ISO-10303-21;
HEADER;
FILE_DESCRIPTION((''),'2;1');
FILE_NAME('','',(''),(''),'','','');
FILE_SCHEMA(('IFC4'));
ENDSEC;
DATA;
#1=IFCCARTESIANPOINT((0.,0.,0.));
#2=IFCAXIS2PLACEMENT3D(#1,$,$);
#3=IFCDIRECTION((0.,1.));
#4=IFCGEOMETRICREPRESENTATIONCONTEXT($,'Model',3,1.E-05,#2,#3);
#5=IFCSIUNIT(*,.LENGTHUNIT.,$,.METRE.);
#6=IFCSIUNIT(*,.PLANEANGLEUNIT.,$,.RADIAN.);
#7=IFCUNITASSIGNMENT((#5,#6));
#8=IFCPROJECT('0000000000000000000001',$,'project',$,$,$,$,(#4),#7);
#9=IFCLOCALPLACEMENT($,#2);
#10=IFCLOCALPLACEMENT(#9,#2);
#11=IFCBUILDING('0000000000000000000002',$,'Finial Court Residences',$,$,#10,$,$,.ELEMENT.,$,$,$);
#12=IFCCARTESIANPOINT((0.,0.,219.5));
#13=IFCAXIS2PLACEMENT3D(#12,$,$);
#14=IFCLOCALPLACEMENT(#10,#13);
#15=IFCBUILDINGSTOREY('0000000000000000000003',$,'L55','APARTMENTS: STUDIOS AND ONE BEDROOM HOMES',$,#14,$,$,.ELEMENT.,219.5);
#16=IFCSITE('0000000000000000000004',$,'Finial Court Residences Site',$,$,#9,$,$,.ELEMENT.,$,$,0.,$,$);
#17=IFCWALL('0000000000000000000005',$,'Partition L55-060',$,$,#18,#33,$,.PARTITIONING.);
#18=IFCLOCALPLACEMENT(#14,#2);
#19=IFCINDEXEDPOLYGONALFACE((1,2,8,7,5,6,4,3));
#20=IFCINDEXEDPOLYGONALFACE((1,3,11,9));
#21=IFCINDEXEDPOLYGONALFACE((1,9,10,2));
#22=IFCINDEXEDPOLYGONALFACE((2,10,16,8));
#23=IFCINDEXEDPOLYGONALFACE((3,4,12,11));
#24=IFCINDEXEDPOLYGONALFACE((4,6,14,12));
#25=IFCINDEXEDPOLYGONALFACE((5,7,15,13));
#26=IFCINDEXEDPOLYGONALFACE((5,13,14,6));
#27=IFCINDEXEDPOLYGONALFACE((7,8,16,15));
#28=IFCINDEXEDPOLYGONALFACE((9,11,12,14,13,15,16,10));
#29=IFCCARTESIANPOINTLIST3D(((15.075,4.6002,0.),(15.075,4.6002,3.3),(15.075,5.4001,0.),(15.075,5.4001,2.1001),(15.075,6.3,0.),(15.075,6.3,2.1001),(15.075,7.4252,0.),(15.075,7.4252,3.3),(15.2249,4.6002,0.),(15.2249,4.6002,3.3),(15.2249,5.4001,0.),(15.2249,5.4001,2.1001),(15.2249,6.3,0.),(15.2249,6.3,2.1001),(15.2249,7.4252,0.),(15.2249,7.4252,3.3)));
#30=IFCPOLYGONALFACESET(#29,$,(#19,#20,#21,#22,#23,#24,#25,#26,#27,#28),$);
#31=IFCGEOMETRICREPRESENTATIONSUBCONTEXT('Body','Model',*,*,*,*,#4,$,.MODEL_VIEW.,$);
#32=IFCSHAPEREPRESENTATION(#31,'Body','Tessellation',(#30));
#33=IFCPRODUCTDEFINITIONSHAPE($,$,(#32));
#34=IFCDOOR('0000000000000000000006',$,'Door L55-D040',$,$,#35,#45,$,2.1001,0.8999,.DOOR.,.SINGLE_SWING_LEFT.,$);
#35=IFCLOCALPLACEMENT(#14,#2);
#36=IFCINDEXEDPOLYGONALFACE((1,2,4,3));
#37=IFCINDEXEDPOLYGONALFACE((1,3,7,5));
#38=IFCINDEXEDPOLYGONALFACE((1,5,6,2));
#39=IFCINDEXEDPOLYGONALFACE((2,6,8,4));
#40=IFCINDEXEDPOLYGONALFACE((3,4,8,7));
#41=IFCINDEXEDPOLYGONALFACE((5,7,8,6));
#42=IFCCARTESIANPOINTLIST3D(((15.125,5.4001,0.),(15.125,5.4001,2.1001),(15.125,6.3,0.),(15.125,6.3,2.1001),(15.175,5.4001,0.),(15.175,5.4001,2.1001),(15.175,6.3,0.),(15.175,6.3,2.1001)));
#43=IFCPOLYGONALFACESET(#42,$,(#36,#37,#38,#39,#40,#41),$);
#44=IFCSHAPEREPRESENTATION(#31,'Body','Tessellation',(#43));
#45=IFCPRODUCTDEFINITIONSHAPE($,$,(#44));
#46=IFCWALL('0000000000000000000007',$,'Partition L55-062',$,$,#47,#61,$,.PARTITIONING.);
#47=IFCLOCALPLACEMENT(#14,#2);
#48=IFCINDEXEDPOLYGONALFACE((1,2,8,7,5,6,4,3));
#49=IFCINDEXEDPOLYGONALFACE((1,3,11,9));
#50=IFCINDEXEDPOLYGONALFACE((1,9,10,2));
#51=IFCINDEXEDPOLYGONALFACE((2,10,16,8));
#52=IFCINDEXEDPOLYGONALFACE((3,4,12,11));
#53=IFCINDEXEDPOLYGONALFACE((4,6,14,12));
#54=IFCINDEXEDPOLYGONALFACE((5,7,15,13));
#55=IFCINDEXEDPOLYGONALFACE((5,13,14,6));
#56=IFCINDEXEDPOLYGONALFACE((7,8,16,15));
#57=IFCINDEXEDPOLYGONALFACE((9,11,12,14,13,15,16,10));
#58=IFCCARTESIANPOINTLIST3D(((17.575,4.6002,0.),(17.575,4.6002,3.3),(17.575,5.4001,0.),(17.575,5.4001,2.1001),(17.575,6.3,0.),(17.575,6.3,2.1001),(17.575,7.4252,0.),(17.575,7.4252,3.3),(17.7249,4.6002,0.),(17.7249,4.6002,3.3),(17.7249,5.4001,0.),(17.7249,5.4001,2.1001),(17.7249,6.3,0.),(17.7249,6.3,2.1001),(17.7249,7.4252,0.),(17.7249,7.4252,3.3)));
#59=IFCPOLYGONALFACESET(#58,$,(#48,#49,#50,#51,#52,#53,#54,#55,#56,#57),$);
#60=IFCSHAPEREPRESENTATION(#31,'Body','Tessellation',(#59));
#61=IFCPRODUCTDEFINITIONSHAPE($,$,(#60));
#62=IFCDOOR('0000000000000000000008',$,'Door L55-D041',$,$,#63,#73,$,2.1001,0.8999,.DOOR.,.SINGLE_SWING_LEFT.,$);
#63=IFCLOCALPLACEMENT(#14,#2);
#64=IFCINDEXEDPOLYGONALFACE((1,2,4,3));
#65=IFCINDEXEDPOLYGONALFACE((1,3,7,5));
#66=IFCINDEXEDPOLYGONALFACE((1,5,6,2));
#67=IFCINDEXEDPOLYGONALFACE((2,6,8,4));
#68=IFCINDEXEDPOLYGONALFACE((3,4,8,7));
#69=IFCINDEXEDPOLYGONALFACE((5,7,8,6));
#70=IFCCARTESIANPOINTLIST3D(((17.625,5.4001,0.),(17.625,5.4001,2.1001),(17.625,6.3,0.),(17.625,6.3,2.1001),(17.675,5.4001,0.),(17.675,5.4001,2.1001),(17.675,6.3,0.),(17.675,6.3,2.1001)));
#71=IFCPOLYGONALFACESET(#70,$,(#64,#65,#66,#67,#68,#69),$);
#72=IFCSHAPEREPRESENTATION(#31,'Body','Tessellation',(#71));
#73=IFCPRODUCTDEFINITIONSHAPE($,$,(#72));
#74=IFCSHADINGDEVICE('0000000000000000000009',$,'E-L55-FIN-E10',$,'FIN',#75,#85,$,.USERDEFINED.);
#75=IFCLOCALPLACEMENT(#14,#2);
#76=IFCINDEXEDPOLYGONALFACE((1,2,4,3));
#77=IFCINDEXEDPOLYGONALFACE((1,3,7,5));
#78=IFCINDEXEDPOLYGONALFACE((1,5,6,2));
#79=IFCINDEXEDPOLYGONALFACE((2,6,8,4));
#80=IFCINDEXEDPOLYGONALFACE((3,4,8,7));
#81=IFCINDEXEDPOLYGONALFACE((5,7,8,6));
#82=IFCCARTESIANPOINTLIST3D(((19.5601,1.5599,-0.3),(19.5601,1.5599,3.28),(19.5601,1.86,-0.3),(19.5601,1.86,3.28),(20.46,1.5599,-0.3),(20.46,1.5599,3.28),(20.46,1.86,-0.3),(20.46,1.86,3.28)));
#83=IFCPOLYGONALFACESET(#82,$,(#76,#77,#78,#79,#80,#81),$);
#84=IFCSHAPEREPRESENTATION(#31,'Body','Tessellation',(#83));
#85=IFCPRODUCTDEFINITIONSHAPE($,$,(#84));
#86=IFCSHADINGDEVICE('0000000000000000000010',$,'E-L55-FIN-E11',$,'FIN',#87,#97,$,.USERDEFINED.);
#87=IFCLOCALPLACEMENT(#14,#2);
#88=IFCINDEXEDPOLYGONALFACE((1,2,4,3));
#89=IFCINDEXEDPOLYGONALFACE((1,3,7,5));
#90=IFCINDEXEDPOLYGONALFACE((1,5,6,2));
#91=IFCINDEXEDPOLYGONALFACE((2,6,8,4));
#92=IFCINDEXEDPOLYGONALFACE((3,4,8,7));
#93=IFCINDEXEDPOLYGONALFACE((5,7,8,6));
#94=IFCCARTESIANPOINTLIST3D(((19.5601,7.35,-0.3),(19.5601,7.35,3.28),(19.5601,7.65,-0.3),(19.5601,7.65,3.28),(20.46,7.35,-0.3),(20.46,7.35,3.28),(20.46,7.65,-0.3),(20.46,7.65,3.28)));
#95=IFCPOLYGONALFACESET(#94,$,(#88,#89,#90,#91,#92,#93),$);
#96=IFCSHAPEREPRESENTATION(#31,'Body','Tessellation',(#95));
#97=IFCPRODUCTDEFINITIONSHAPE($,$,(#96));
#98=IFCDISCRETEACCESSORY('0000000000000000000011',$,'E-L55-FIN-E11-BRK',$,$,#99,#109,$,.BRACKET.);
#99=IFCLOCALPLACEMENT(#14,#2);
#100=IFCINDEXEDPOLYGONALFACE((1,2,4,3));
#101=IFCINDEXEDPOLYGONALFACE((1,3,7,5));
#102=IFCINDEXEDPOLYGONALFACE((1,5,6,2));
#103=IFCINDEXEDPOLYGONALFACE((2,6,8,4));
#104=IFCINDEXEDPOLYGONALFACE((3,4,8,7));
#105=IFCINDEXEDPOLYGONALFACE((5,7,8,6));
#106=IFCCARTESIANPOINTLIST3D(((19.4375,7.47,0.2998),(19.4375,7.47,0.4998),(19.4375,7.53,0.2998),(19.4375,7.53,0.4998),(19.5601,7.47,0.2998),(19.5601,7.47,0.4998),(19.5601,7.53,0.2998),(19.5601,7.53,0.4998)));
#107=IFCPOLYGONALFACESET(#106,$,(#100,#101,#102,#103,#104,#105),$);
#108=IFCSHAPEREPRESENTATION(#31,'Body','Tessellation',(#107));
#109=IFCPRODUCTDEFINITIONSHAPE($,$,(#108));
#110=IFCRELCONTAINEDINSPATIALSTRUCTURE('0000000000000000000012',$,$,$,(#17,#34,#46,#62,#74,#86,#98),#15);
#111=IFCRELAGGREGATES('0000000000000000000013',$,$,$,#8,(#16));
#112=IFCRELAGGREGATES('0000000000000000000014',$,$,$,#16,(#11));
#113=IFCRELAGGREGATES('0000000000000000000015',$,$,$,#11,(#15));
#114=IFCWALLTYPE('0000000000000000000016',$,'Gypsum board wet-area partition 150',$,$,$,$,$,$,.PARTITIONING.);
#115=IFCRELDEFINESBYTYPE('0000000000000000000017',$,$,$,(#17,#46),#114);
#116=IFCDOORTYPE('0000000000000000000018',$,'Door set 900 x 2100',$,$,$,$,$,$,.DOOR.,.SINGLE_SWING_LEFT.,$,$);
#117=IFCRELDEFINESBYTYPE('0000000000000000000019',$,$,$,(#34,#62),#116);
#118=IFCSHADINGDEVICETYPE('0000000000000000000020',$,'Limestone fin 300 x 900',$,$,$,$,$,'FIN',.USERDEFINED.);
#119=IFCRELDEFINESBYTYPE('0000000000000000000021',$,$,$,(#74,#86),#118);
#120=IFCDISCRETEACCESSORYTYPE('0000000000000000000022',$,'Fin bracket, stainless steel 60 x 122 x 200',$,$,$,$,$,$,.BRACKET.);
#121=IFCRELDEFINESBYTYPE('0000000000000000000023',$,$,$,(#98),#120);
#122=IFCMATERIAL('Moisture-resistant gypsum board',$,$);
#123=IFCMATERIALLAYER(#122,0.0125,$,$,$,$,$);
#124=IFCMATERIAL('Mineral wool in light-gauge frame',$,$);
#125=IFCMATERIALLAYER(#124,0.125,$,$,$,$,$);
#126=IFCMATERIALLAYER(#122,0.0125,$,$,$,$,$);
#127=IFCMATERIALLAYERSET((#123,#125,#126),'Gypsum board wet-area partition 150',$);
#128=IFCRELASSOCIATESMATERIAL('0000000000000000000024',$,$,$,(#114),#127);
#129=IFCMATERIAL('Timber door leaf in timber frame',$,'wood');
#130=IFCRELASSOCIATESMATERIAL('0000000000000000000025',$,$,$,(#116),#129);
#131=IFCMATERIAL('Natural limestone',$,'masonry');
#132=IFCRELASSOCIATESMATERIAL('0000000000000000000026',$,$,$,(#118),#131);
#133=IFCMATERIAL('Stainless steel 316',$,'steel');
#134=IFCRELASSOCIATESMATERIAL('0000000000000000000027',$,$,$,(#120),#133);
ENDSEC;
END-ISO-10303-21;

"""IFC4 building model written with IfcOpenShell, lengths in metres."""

from ifc_helpers import new_model, si_unit, direction, frame, frame_2d, origin, origin_2d, place, context, subcontext, project, spatial, rectangle, extrude, material, layer, layer_set, type_object, element, fill, save


model = new_model("IFC4")

# Units and contexts
model_context = context("Model", 3, precision=1e-05, world=origin(), true_north=direction((0.0, 1.0)))
body_context = subcontext(model_context, "Body", "Model", "MODEL_VIEW")
ifc_project = project(units=[si_unit("LENGTHUNIT", "METRE"), si_unit("PLANEANGLEUNIT", "RADIAN")], contexts=[model_context])

# Site, building, storey
site_placement = place(None, origin())
site = spatial("IfcSite", under=ifc_project, at=site_placement, Name="Finial Court Residences Site", CompositionType="ELEMENT", RefElevation=0.0)
building_placement = place(site_placement, origin())
building = spatial("IfcBuilding", under=site, at=building_placement, Name="Finial Court Residences", CompositionType="ELEMENT")
storey_placement = place(building_placement, frame((0.0, 0.0, 219.5)))
storey = spatial("IfcBuildingStorey", under=building, at=storey_placement, Name="L55", Description="APARTMENTS: STUDIOS AND ONE BEDROOM HOMES", CompositionType="ELEMENT", Elevation=219.5)

# Shared definitions
ifc_material_1 = material(Name="Mineral wool in light-gauge frame")
ifc_material_2 = material(Name="Moisture-resistant gypsum board")
ifc_layer_1 = layer(ifc_material_2, 0.0125)
ifc_layer_2 = layer(ifc_material_1, 0.125)
ifc_layer_3 = layer(ifc_material_2, 0.0125)
ifc_layer_set_1 = layer_set([ifc_layer_1, ifc_layer_2, ifc_layer_3], Name="Gypsum board wet-area partition 150")
wall_type_1 = type_object("IfcWallType", Name="Gypsum board wet-area partition 150", PredefinedType="PARTITIONING", material=ifc_layer_set_1)

# Walls, openings, doors
wall_1_placement = place(storey_placement, frame((15.1499, 4.6001, 0.0), z_axis=(0.0, 0.0, 1.0), x_axis=(0.0, 1.0, 0.0)))
wall_1 = element("IfcWall", 1, at=wall_1_placement, inside=storey, type_object=wall_type_1, Name="Partition L55-060", PredefinedType="PARTITIONING", context=body_context, shape_type="SweptSolid", body=[
    extrude(rectangle(XDim=2.825, YDim=0.1499, at=frame_2d((1.4126, 0.0))), origin(), (0.0, 0.0, 1.0), 3.3),
])
opening_1_placement = place(wall_1_placement, frame((0.8, 0.0, 0.0)))
opening_1 = element("IfcOpeningElement", 2, at=opening_1_placement, cuts=wall_1, PredefinedType="OPENING", context=body_context, shape_type="SweptSolid", body=[
    extrude(rectangle(XDim=0.8999, YDim=2.1001, at=frame_2d((0.45, 1.05))), frame((0.0, 0.085, 0.0), z_axis=(0.0, -1.0, 0.0), x_axis=(1.0, 0.0, 0.0)), (0.0, 0.0, 1.0), 0.1699),
])
ifc_material_3 = material(Name="Timber door leaf in timber frame", Category="wood")
door_type = type_object("IfcDoorType", Name="Door set 900 x 2100", OperationType="SINGLE_SWING_LEFT", PredefinedType="DOOR", material=ifc_material_3)
door_1_placement = place(opening_1_placement, origin())
door_1 = element("IfcDoor", 3, at=door_1_placement, inside=storey, type_object=door_type, Name="Door L55-D040", OperationType="SINGLE_SWING_LEFT", OverallHeight=2.1001, OverallWidth=0.8999, PredefinedType="DOOR", context=body_context, shape_type="SweptSolid", body=[
    extrude(rectangle(XDim=0.8999, YDim=2.1001, at=frame_2d((0.45, 1.05))), frame((0.0, 0.0249, 0.0), z_axis=(0.0, -1.0, 0.0), x_axis=(1.0, 0.0, 0.0)), (0.0, 0.0, 1.0), 0.05),
])
fill(opening_1, door_1)
wall_2_placement = place(storey_placement, frame((17.6499, 4.6001, 0.0), z_axis=(0.0, 0.0, 1.0), x_axis=(0.0, 1.0, 0.0)))
wall_2 = element("IfcWall", 4, at=wall_2_placement, inside=storey, type_object=wall_type_1, Name="Partition L55-062", PredefinedType="PARTITIONING", context=body_context, shape_type="SweptSolid", body=[
    extrude(rectangle(XDim=2.825, YDim=0.1499, at=frame_2d((1.4126, 0.0))), origin(), (0.0, 0.0, 1.0), 3.3),
])
opening_2_placement = place(wall_2_placement, frame((0.8, 0.0, 0.0)))
opening_2 = element("IfcOpeningElement", 5, at=opening_2_placement, cuts=wall_2, PredefinedType="OPENING", context=body_context, shape_type="SweptSolid", body=[
    extrude(rectangle(XDim=0.8999, YDim=2.1001, at=frame_2d((0.45, 1.05))), frame((0.0, 0.085, 0.0), z_axis=(0.0, -1.0, 0.0), x_axis=(1.0, 0.0, 0.0)), (0.0, 0.0, 1.0), 0.1699),
])
door_2_placement = place(opening_2_placement, origin())
door_2 = element("IfcDoor", 6, at=door_2_placement, inside=storey, type_object=door_type, Name="Door L55-D041", OperationType="SINGLE_SWING_LEFT", OverallHeight=2.1001, OverallWidth=0.8999, PredefinedType="DOOR", context=body_context, shape_type="SweptSolid", body=[
    extrude(rectangle(XDim=0.8999, YDim=2.1001, at=frame_2d((0.45, 1.05))), frame((0.0, 0.0249, 0.0), z_axis=(0.0, -1.0, 0.0), x_axis=(1.0, 0.0, 0.0)), (0.0, 0.0, 1.0), 0.05),
])
fill(opening_2, door_2)

# Shading devices
ifc_material_4 = material(Name="Natural limestone", Category="masonry")
shading_device_type = type_object("IfcShadingDeviceType", Name="Limestone fin 300 x 900", ElementType="FIN", PredefinedType="USERDEFINED", material=ifc_material_4)
for number, where, z_axis, x_axis, name in (
    (7, (20.01, 1.71, -0.3), (0.0, 0.0, 1.0), (1.0, 0.0, 0.0), "E-L55-FIN-E10"),
    (8, (20.01, 7.5, -0.3), (0.0, 0.0, 1.0), (1.0, 0.0, 0.0), "E-L55-FIN-E11"),
):
    element("IfcShadingDevice", number, at=place(storey_placement, frame(where, z_axis=z_axis, x_axis=x_axis)), inside=storey, type_object=shading_device_type, Name=name, ObjectType="FIN", PredefinedType="USERDEFINED", context=body_context, shape_type="SweptSolid", body=[
        extrude(rectangle(XDim=0.8999, YDim=0.3, at=origin_2d()), origin(), (0.0, 0.0, 1.0), 3.5801),
    ])

# Discrete accessory
ifc_material_5 = material(Name="Stainless steel 316", Category="steel")
discrete_accessory_type = type_object("IfcDiscreteAccessoryType", Name="Fin bracket, stainless steel 60 x 122 x 200", PredefinedType="BRACKET", material=ifc_material_5)
discrete_accessory_placement = place(storey_placement, frame((19.4988, 7.5, 0.2998), z_axis=(0.0, 0.0, 1.0), x_axis=(1.0, 0.0, 0.0)))
element("IfcDiscreteAccessory", 9, at=discrete_accessory_placement, inside=storey, type_object=discrete_accessory_type, Name="E-L55-FIN-E11-BRK", PredefinedType="BRACKET", context=body_context, shape_type="SweptSolid", body=[
    extrude(rectangle(XDim=0.1226, YDim=0.0601, at=origin_2d()), origin(), (0.0, 0.0, 1.0), 0.2),
])

save(model, "model.ifc")
